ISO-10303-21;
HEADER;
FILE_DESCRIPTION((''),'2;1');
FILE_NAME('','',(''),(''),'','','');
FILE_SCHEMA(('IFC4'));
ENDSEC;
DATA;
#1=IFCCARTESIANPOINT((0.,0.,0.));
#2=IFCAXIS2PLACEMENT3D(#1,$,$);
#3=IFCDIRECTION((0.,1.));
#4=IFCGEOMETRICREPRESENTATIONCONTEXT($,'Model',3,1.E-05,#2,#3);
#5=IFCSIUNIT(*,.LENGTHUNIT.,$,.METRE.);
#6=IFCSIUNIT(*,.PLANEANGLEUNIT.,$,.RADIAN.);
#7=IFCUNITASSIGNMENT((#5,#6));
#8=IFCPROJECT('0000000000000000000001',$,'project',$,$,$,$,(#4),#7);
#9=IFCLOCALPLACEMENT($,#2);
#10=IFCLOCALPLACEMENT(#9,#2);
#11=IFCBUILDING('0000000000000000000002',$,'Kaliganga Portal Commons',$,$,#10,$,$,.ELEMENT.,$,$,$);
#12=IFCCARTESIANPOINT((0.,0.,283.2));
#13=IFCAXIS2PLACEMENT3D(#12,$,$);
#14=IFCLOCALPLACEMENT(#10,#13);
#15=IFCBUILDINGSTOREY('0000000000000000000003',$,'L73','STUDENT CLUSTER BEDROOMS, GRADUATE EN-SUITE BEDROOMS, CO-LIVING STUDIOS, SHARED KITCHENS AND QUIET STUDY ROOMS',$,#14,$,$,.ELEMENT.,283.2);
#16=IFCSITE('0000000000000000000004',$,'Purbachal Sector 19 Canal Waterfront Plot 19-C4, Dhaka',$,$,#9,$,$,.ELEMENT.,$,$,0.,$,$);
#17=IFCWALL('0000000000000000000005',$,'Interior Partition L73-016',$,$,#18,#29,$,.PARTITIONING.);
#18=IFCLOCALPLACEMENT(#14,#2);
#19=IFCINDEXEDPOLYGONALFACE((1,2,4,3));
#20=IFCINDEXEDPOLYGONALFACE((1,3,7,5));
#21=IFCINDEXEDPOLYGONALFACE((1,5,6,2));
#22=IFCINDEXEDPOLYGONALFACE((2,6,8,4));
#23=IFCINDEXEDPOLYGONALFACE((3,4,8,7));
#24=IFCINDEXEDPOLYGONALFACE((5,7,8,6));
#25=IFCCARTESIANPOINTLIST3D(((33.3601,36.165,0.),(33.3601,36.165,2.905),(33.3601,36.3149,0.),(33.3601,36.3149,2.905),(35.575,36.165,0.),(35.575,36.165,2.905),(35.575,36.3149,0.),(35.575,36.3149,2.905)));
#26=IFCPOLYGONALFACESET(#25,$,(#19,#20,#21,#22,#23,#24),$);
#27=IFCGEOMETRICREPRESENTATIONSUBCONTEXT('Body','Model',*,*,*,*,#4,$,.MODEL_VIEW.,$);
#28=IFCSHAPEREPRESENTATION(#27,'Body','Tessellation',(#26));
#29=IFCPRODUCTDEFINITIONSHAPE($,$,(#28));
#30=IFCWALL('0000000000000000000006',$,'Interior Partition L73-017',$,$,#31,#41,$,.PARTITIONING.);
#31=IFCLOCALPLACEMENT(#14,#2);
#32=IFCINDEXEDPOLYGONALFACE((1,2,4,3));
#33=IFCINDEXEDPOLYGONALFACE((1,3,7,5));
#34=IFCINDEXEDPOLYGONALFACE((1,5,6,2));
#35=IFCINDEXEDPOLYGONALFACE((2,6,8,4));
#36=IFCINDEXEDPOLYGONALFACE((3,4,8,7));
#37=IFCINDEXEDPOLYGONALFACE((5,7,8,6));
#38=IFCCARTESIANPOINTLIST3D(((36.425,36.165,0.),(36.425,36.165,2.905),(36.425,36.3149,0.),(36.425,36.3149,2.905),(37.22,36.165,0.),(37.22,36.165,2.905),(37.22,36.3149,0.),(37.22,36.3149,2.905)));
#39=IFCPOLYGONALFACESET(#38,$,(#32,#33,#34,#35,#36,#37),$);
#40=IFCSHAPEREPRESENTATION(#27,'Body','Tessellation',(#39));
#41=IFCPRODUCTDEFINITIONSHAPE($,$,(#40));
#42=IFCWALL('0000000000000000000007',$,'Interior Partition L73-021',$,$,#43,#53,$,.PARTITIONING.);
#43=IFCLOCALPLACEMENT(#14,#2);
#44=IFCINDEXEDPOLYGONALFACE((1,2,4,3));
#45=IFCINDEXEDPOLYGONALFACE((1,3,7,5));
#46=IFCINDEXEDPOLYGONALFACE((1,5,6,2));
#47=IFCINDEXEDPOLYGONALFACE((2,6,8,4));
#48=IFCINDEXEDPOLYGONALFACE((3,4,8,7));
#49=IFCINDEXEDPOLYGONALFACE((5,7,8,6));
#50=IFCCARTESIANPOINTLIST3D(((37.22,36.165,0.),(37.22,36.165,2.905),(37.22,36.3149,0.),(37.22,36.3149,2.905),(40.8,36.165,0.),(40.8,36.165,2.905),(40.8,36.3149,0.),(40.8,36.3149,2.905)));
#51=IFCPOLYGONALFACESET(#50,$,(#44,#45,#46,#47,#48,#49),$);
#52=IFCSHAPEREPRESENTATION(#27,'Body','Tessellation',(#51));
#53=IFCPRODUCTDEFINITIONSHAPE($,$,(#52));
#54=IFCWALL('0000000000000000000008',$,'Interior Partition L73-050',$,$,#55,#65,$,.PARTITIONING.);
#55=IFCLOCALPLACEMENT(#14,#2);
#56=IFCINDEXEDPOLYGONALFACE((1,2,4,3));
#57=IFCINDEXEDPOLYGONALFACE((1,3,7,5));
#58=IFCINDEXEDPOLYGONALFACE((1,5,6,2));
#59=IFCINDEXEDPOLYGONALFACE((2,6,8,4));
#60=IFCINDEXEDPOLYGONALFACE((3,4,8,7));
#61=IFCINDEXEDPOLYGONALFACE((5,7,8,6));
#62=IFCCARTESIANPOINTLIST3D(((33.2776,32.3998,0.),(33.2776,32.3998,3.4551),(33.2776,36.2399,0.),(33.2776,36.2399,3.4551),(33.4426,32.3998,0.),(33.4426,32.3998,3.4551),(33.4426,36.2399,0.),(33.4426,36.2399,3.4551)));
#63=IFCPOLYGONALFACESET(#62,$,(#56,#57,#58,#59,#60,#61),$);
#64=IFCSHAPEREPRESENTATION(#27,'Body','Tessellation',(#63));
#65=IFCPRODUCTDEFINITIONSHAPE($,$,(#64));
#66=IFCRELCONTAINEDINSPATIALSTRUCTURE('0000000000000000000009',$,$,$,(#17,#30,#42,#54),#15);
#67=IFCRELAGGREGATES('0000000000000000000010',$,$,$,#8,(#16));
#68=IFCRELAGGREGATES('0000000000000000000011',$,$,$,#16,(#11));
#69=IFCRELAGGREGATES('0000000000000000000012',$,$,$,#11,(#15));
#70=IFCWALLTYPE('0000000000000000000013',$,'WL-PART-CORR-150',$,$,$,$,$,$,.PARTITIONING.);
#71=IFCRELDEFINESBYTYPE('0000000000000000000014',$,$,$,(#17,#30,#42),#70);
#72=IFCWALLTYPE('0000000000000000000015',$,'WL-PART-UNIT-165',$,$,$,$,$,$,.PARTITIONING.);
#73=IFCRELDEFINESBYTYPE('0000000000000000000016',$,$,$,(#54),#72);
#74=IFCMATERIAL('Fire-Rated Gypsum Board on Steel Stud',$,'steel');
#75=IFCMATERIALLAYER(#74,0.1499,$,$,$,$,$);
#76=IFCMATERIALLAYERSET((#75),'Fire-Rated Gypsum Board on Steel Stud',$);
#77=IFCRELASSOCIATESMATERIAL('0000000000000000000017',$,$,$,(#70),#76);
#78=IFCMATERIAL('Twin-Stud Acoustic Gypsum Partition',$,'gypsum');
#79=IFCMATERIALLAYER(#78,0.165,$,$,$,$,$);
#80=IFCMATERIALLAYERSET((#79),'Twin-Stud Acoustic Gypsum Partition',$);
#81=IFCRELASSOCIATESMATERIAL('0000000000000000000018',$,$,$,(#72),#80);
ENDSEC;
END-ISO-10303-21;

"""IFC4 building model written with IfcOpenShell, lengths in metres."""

from ifc_helpers import new_model, si_unit, direction, frame, frame_2d, origin, place, context, subcontext, project, spatial, rectangle, extrude, material, layer, layer_set, type_object, element, save


model = new_model("IFC4")

# Units and contexts
model_context = context("Model", 3, precision=1e-05, world=origin(), true_north=direction((0.0, 1.0)))
body_context = subcontext(model_context, "Body", "Model", "MODEL_VIEW")
ifc_project = project(units=[si_unit("LENGTHUNIT", "METRE"), si_unit("PLANEANGLEUNIT", "RADIAN")], contexts=[model_context])

# Site, building, storey
site_placement = place(None, origin())
site = spatial("IfcSite", under=ifc_project, at=site_placement, Name="Purbachal Sector 19 Canal Waterfront Plot 19-C4, Dhaka", CompositionType="ELEMENT", RefElevation=0.0)
building_placement = place(site_placement, origin())
building = spatial("IfcBuilding", under=site, at=building_placement, Name="Kaliganga Portal Commons", CompositionType="ELEMENT")
storey_placement = place(building_placement, frame((0.0, 0.0, 283.2)))
storey = spatial("IfcBuildingStorey", under=building, at=storey_placement, Name="L73", Description="STUDENT CLUSTER BEDROOMS, GRADUATE EN-SUITE BEDROOMS, CO-LIVING STUDIOS, SHARED KITCHENS AND QUIET STUDY ROOMS", CompositionType="ELEMENT", Elevation=283.2)

# Shared definitions
ifc_material_1 = material(Name="Fire-Rated Gypsum Board on Steel Stud", Category="steel")
ifc_layer_1 = layer(ifc_material_1, 0.1499)
ifc_layer_set_1 = layer_set([ifc_layer_1], Name="Fire-Rated Gypsum Board on Steel Stud")
wall_type_1 = type_object("IfcWallType", Name="WL-PART-CORR-150", PredefinedType="PARTITIONING", material=ifc_layer_set_1)

# Walls
wall_1_placement = place(storey_placement, frame((33.3601, 36.24, 0.0), z_axis=(0.0, 0.0, 1.0), x_axis=(1.0, 0.0, 0.0)))
element("IfcWall", 1, at=wall_1_placement, inside=storey, type_object=wall_type_1, Name="Interior Partition L73-016", PredefinedType="PARTITIONING", context=body_context, shape_type="SweptSolid", body=[
    extrude(rectangle(XDim=2.2148, YDim=0.1499, at=frame_2d((1.1074, 0.0))), origin(), (0.0, 0.0, 1.0), 2.905),
])
wall_2_placement = place(storey_placement, frame((36.425, 36.24, 0.0), z_axis=(0.0, 0.0, 1.0), x_axis=(1.0, 0.0, 0.0)))
element("IfcWall", 2, at=wall_2_placement, inside=storey, type_object=wall_type_1, Name="Interior Partition L73-017", PredefinedType="PARTITIONING", context=body_context, shape_type="SweptSolid", body=[
    extrude(rectangle(XDim=0.7949, YDim=0.1499, at=frame_2d((0.3975, 0.0))), origin(), (0.0, 0.0, 1.0), 2.905),
])
wall_3_placement = place(storey_placement, frame((37.22, 36.24, 0.0), z_axis=(0.0, 0.0, 1.0), x_axis=(1.0, 0.0, 0.0)))
element("IfcWall", 3, at=wall_3_placement, inside=storey, type_object=wall_type_1, Name="Interior Partition L73-021", PredefinedType="PARTITIONING", context=body_context, shape_type="SweptSolid", body=[
    extrude(rectangle(XDim=3.5801, YDim=0.1499, at=frame_2d((1.79, 0.0))), origin(), (0.0, 0.0, 1.0), 2.905),
])
ifc_material_2 = material(Name="Twin-Stud Acoustic Gypsum Partition", Category="gypsum")
ifc_layer_2 = layer(ifc_material_2, 0.165)
ifc_layer_set_2 = layer_set([ifc_layer_2], Name="Twin-Stud Acoustic Gypsum Partition")
wall_type_2 = type_object("IfcWallType", Name="WL-PART-UNIT-165", PredefinedType="PARTITIONING", material=ifc_layer_set_2)
wall_4_placement = place(storey_placement, frame((33.3601, 32.3999, 0.0), z_axis=(0.0, 0.0, 1.0), x_axis=(0.0, 1.0, 0.0)))
element("IfcWall", 4, at=wall_4_placement, inside=storey, type_object=wall_type_2, Name="Interior Partition L73-050", PredefinedType="PARTITIONING", context=body_context, shape_type="SweptSolid", body=[
    extrude(rectangle(XDim=3.8401, YDim=0.165, at=frame_2d((1.9199, 0.0))), origin(), (0.0, 0.0, 1.0), 3.4551),
])

save(model, "model.ifc")
